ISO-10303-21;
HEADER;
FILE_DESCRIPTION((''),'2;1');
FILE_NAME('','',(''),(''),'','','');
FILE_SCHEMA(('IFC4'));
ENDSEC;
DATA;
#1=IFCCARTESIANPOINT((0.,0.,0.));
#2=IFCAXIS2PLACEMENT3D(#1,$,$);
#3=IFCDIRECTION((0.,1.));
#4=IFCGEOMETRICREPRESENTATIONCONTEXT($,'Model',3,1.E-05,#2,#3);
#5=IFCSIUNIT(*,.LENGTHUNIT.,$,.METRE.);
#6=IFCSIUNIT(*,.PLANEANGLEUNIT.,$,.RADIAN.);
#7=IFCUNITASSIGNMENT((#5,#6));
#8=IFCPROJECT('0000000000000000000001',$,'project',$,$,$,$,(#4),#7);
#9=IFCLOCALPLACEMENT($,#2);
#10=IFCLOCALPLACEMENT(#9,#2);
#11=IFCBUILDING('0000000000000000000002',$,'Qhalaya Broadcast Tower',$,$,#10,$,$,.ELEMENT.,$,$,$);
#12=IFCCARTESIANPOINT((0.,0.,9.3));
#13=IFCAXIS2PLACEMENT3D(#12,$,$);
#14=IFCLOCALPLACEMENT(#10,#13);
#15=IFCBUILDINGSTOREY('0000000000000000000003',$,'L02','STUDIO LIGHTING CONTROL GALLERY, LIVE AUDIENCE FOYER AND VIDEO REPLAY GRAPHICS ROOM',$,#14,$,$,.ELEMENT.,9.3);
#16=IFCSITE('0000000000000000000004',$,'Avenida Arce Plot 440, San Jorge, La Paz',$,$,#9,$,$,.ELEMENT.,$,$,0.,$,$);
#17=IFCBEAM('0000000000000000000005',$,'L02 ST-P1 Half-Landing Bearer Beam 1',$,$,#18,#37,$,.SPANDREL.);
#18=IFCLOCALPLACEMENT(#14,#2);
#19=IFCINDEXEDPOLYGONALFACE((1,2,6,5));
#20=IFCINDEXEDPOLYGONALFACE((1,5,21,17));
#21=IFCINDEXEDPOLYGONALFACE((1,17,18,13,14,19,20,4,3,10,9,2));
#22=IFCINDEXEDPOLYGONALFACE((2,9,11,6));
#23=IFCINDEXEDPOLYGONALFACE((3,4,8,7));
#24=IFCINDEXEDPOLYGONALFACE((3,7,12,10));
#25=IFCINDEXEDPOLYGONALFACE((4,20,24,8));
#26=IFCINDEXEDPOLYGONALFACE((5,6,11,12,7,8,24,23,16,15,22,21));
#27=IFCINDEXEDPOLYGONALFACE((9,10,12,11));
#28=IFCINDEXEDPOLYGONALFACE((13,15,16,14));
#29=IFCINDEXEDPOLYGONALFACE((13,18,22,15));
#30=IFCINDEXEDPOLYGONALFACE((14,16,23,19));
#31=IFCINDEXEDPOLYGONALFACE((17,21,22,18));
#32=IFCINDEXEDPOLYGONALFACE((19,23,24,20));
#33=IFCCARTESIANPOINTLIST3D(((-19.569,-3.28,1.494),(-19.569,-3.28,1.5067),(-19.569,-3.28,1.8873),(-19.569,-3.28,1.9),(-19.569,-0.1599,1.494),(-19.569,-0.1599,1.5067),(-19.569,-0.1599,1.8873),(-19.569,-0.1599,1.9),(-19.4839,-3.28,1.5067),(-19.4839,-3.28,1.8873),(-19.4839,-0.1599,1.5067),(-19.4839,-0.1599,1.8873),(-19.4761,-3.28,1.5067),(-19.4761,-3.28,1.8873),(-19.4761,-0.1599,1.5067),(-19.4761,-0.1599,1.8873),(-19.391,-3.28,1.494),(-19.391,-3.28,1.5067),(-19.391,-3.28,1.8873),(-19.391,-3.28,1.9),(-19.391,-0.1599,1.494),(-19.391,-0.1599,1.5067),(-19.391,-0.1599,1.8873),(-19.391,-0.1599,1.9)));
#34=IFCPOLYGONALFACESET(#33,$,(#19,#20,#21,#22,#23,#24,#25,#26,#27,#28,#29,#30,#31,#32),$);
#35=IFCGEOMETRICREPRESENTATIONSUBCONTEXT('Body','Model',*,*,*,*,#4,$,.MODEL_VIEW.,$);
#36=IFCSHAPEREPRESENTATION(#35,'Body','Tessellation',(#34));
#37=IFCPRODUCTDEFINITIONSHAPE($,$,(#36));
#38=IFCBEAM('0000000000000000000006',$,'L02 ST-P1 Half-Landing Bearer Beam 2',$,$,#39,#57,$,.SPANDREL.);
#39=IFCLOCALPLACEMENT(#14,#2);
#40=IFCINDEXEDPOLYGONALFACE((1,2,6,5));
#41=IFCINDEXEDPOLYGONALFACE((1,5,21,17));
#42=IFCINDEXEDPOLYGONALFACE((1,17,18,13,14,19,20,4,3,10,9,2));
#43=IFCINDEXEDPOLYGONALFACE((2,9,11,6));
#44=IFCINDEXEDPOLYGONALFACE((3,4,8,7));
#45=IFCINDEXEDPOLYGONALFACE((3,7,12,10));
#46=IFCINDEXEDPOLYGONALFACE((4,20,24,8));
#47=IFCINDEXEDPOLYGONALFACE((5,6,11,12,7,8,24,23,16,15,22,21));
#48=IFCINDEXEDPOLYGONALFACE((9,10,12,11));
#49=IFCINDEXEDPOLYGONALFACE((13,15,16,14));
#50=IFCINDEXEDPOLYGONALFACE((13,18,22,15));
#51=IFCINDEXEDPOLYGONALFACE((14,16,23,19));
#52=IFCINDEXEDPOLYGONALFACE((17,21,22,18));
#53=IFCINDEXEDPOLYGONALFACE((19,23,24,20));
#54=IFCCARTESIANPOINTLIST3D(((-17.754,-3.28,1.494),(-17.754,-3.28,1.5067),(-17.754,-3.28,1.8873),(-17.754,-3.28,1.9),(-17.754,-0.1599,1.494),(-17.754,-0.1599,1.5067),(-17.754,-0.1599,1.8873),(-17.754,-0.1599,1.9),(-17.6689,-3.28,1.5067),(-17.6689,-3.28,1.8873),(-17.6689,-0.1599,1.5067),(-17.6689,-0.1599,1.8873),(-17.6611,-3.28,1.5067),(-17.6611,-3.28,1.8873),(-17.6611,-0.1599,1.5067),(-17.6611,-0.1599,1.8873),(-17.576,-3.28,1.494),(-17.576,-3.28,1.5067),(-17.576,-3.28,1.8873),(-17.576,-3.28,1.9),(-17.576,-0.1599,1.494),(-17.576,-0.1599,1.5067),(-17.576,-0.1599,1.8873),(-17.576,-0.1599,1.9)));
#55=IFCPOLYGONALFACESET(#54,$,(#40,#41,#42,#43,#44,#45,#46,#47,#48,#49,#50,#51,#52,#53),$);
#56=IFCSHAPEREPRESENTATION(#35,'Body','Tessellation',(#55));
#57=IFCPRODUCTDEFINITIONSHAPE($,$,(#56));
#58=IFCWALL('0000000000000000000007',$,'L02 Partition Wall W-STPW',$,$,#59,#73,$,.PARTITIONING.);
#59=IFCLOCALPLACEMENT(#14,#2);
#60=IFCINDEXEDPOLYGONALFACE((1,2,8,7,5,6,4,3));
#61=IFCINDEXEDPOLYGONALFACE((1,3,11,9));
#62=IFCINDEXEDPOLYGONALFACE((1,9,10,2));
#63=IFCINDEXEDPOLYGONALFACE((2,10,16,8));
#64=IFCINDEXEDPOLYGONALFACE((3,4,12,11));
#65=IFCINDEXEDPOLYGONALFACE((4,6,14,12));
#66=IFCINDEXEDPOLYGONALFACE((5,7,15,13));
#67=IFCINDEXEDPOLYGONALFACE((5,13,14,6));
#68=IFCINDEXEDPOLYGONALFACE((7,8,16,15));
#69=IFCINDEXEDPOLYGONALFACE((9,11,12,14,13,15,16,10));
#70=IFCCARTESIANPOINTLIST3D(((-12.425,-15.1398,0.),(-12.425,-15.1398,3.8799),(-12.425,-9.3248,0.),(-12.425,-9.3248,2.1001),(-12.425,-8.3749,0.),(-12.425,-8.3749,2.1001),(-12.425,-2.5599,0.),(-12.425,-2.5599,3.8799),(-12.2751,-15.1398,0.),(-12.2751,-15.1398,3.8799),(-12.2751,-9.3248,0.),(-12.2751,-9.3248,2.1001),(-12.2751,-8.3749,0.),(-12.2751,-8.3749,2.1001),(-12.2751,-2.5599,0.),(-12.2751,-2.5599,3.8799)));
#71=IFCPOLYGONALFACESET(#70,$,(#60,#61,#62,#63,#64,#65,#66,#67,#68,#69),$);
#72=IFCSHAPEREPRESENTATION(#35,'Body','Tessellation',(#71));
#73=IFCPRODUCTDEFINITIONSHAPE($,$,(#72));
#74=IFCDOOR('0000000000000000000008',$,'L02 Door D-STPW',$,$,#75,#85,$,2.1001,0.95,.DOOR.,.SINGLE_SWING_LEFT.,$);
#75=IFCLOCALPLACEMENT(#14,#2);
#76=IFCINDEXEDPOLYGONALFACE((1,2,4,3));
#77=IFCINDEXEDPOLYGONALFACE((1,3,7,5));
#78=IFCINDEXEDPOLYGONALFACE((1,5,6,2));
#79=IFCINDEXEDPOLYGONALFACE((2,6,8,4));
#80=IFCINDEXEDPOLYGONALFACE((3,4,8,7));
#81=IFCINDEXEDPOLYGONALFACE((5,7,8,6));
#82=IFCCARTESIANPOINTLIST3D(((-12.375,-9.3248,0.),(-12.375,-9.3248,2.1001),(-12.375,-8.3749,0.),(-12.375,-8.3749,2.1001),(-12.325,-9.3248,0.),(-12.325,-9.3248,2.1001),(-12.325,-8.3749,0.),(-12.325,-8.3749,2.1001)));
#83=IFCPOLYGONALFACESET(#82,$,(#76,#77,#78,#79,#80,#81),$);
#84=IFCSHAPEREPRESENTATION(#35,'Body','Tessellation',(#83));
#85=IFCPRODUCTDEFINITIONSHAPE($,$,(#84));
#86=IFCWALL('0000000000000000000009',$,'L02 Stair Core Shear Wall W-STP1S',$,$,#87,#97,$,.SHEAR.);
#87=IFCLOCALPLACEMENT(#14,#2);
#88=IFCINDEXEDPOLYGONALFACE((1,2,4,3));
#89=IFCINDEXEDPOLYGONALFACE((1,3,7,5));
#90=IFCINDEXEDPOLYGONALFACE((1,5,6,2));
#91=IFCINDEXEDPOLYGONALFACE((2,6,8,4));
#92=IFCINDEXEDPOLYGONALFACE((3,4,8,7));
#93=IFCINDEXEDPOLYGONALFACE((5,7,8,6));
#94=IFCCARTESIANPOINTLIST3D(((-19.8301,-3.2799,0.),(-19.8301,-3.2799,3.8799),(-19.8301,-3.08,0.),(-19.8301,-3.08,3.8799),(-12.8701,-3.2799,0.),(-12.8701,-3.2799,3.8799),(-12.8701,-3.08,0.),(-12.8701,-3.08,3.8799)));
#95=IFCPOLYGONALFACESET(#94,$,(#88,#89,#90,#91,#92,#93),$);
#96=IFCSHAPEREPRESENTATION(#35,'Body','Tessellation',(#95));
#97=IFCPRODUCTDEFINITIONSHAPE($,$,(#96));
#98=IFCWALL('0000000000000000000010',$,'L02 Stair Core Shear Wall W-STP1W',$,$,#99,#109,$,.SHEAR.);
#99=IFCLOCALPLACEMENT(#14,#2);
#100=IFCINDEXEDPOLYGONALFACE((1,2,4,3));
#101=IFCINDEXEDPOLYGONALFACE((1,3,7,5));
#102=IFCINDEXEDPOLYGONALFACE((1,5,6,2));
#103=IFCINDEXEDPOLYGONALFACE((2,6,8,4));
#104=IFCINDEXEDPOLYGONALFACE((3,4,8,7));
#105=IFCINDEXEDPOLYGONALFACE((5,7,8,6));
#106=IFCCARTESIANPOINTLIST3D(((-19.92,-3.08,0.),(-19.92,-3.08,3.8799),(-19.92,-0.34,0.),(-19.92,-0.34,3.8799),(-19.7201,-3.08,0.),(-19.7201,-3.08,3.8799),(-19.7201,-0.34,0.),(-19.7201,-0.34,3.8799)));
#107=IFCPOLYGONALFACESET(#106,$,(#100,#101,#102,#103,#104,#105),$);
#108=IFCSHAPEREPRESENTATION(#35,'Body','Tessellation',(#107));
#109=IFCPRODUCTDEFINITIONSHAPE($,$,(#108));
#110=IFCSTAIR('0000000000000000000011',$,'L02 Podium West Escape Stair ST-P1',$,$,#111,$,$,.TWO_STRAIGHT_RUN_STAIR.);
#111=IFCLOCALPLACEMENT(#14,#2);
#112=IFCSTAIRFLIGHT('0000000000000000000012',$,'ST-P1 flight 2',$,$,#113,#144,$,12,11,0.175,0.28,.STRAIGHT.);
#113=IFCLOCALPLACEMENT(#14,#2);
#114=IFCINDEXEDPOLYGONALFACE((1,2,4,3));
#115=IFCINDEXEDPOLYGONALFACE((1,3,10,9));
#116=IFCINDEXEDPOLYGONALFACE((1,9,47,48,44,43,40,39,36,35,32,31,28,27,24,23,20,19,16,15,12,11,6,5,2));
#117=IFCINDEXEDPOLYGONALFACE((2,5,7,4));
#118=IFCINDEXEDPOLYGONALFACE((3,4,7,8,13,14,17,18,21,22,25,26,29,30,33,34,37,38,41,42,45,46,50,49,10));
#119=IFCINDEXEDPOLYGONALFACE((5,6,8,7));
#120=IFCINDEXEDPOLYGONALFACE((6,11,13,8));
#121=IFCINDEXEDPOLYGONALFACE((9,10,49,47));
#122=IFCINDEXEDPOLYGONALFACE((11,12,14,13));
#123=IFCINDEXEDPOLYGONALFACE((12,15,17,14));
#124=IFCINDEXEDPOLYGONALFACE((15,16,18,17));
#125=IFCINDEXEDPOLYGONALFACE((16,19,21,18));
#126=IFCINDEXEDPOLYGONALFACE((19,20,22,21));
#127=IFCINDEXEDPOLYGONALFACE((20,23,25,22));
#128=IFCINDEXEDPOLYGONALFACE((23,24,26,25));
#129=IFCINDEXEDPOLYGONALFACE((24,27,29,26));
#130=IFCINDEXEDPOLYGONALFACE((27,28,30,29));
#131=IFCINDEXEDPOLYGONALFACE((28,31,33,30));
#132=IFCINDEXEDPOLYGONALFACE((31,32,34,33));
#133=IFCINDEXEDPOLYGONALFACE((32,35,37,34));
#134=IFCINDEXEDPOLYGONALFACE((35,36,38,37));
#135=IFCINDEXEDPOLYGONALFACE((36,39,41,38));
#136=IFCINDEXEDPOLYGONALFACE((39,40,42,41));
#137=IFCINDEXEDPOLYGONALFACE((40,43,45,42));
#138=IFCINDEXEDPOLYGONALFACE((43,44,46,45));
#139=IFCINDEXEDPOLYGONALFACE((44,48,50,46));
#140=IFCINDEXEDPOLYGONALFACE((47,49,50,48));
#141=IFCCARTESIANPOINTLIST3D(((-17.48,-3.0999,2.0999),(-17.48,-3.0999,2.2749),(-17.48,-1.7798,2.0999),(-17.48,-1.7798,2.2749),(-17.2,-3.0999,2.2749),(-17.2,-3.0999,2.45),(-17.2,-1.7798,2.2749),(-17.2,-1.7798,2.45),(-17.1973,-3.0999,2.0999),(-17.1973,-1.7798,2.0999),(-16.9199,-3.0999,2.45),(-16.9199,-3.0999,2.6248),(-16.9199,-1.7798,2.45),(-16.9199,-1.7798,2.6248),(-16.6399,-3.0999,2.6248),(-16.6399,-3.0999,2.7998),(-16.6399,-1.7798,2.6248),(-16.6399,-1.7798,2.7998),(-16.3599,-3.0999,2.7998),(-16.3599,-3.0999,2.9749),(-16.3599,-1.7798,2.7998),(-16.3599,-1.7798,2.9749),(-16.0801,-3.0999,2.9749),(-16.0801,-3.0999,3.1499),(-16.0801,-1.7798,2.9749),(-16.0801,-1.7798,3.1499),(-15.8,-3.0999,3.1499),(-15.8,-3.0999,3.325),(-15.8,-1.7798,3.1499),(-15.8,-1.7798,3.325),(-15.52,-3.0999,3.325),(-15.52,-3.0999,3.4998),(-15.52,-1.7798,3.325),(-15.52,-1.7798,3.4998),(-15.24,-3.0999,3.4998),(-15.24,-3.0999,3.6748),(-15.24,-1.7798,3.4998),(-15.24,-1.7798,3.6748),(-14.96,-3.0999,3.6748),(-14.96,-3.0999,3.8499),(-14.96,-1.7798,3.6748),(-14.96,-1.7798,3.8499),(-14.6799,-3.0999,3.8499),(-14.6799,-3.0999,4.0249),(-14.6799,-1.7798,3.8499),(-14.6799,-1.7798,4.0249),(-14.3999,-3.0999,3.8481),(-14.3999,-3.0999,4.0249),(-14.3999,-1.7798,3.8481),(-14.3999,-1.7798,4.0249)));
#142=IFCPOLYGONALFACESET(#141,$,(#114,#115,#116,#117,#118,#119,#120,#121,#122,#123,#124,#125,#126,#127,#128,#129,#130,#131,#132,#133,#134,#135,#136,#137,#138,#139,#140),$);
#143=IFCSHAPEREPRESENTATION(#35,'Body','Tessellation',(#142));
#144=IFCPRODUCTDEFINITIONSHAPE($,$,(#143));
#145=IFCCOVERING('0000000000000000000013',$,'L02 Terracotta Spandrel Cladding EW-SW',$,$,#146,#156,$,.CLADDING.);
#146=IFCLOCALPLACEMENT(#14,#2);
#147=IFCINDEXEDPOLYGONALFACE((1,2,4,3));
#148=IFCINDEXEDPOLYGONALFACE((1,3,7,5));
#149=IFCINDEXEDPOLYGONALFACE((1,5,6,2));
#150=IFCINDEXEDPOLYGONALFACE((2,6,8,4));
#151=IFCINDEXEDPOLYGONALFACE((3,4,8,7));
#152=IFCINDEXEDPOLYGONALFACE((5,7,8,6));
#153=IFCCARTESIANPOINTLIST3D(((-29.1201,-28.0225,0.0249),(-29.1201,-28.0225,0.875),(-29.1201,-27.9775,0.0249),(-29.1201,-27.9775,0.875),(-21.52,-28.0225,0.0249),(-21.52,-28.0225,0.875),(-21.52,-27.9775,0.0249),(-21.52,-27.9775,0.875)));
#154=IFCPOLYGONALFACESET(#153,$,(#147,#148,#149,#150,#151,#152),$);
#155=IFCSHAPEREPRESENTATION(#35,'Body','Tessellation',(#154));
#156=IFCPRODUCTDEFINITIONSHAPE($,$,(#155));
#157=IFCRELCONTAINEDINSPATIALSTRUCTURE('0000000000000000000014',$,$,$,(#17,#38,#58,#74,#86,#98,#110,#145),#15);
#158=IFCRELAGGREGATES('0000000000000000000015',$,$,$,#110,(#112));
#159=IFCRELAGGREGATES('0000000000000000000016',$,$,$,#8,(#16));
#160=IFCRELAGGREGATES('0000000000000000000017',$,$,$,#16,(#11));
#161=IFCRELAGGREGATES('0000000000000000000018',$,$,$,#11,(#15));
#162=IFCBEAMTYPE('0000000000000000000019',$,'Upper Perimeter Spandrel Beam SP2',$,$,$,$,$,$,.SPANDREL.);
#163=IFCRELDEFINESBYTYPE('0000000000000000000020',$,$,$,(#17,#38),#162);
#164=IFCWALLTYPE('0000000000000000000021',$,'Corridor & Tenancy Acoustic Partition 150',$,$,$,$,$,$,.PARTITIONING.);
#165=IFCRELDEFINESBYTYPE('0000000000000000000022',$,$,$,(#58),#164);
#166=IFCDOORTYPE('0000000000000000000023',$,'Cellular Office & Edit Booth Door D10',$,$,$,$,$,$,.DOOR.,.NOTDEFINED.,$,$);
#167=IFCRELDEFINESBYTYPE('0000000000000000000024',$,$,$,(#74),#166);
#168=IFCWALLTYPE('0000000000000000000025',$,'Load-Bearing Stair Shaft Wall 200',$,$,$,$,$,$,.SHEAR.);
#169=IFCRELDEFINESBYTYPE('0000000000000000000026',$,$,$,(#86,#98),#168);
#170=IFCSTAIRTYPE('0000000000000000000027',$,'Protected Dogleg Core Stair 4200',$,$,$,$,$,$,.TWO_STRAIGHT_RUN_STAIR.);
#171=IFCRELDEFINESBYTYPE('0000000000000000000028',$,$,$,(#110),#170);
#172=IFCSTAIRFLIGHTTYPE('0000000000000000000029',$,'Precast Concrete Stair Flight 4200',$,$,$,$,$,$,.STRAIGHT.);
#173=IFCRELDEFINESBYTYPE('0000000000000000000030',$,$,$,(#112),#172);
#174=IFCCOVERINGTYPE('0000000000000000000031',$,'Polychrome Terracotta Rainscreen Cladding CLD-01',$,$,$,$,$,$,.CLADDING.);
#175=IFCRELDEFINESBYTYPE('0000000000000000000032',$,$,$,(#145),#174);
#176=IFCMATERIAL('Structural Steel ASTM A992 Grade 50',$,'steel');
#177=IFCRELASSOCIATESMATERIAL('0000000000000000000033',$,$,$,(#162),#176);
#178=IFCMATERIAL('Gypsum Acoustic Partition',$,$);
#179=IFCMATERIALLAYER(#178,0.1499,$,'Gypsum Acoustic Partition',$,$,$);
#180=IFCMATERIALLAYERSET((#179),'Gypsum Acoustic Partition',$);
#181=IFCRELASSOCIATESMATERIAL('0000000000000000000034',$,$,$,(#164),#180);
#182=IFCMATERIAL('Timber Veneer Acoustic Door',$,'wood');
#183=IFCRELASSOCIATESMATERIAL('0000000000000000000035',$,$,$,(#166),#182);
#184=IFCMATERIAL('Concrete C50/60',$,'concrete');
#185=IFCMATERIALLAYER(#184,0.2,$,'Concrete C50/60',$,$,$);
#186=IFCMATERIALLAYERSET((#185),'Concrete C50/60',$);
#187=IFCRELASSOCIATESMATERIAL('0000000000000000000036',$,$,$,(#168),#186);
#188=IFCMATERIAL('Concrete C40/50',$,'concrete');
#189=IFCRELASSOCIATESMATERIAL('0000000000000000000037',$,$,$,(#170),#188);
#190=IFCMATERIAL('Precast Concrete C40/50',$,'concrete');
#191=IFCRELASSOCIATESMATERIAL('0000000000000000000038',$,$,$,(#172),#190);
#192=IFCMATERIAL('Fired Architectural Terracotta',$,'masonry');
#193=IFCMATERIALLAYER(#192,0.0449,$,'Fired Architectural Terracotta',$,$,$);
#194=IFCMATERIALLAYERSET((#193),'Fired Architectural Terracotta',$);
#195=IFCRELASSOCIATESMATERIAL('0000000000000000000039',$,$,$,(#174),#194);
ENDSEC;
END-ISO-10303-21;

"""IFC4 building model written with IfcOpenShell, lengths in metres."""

from ifc_helpers import new_model, si_unit, direction, frame, frame_2d, origin, origin_2d, place, context, subcontext, project, spatial, polyline, rectangle, i_section, outline, extrude, material, layer, layer_set, material_profile, profile_set, type_object, element, fill, aggregate, save


model = new_model("IFC4")

# Units and contexts
model_context = context("Model", 3, precision=1e-05, world=origin(), true_north=direction((0.0, 1.0)))
body_context = subcontext(model_context, "Body", "Model", "MODEL_VIEW")
ifc_project = project(units=[si_unit("LENGTHUNIT", "METRE"), si_unit("PLANEANGLEUNIT", "RADIAN")], contexts=[model_context])

# Site, building, storey
site_placement = place(None, origin())
site = spatial("IfcSite", under=ifc_project, at=site_placement, Name="Avenida Arce Plot 440, San Jorge, La Paz", CompositionType="ELEMENT", RefElevation=0.0)
building_placement = place(site_placement, origin())
building = spatial("IfcBuilding", under=site, at=building_placement, Name="Qhalaya Broadcast Tower", CompositionType="ELEMENT")
storey_placement = place(building_placement, frame((0.0, 0.0, 9.3)))
storey = spatial("IfcBuildingStorey", under=building, at=storey_placement, Name="L02", Description="STUDIO LIGHTING CONTROL GALLERY, LIVE AUDIENCE FOYER AND VIDEO REPLAY GRAPHICS ROOM", CompositionType="ELEMENT", Elevation=9.3)

# Beams
ifc_material_1 = material(Name="Structural Steel ASTM A992 Grade 50", Category="steel")
ifc_material_profile_1 = material_profile(ifc_material_1, i_section(OverallWidth=0.178, OverallDepth=0.406, WebThickness=0.0078, FlangeThickness=0.0127, at=origin_2d()), Name="W16X40")
ifc_profile_set_1 = profile_set([ifc_material_profile_1], Name="Structural Steel ASTM A992 Grade 50")
beam_type_1 = type_object("IfcBeamType", Name="Upper Perimeter Spandrel Beam SP2", PredefinedType="SPANDREL", material=ifc_profile_set_1)
for number, where, z_axis, x_axis, name in (
    (1, (-19.48, -3.28, 1.697), (0.0, 1.0, 0.0), (-1.0, 0.0, 0.0), "L02 ST-P1 Half-Landing Bearer Beam 1"),
    (2, (-17.665, -3.28, 1.697), (0.0, 1.0, 0.0), (-1.0, 0.0, 0.0), "L02 ST-P1 Half-Landing Bearer Beam 2"),
):
    element("IfcBeam", number, at=place(storey_placement, frame(where, z_axis=z_axis, x_axis=x_axis)), inside=storey, type_object=beam_type_1, Name=name, PredefinedType="SPANDREL", context=body_context, shape_type="SweptSolid", body=[
        extrude(i_section(OverallWidth=0.178, OverallDepth=0.406, WebThickness=0.0078, FlangeThickness=0.0127, at=origin_2d()), origin(), (0.0, 0.0, 1.0), 3.1201),
    ])

# Wall, opening, door
ifc_material_2 = material(Name="Gypsum Acoustic Partition")
ifc_layer_1 = layer(ifc_material_2, 0.1499, Name="Gypsum Acoustic Partition")
ifc_layer_set_1 = layer_set([ifc_layer_1], Name="Gypsum Acoustic Partition")
wall_type_1 = type_object("IfcWallType", Name="Corridor & Tenancy Acoustic Partition 150", PredefinedType="PARTITIONING", material=ifc_layer_set_1)
wall_1_placement = place(storey_placement, frame((-12.3501, -15.1399, 0.0), z_axis=(0.0, 0.0, 1.0), x_axis=(0.0, 1.0, 0.0)))
wall_1 = element("IfcWall", 3, at=wall_1_placement, inside=storey, type_object=wall_type_1, Name="L02 Partition Wall W-STPW", PredefinedType="PARTITIONING", context=body_context, shape_type="SweptSolid", body=[
    extrude(rectangle(XDim=12.5798, YDim=0.1499, at=frame_2d((6.29, 0.0))), origin(), (0.0, 0.0, 1.0), 3.8799),
])
opening_placement = place(wall_1_placement, frame((5.8149, 0.0, 0.0)))
opening = element("IfcOpeningElement", 4, at=opening_placement, cuts=wall_1, PredefinedType="OPENING", context=body_context, shape_type="SweptSolid", body=[
    extrude(rectangle(XDim=0.95, YDim=2.1001, at=frame_2d((0.4751, 1.05))), frame((0.0, 0.0869, 0.0), z_axis=(0.0, -1.0, 0.0), x_axis=(1.0, 0.0, 0.0)), (0.0, 0.0, 1.0), 0.1738),
])
ifc_material_3 = material(Name="Timber Veneer Acoustic Door", Category="wood")
door_type = type_object("IfcDoorType", Name="Cellular Office & Edit Booth Door D10", OperationType="NOTDEFINED", PredefinedType="DOOR", material=ifc_material_3)
door_placement = place(opening_placement, origin())
door = element("IfcDoor", 5, at=door_placement, inside=storey, type_object=door_type, Name="L02 Door D-STPW", OperationType="SINGLE_SWING_LEFT", OverallHeight=2.1001, OverallWidth=0.95, PredefinedType="DOOR", context=body_context, shape_type="SweptSolid", body=[
    extrude(rectangle(XDim=0.95, YDim=2.1001, at=frame_2d((0.4751, 1.05))), frame((0.0, 0.0249, 0.0), z_axis=(0.0, -1.0, 0.0), x_axis=(1.0, 0.0, 0.0)), (0.0, 0.0, 1.0), 0.05),
])
fill(opening, door)

# Walls
ifc_material_4 = material(Name="Concrete C50/60", Category="concrete")
ifc_layer_2 = layer(ifc_material_4, 0.2, Name="Concrete C50/60")
ifc_layer_set_2 = layer_set([ifc_layer_2], Name="Concrete C50/60")
wall_type_2 = type_object("IfcWallType", Name="Load-Bearing Stair Shaft Wall 200", PredefinedType="SHEAR", material=ifc_layer_set_2)
wall_2_placement = place(storey_placement, frame((-19.8301, -3.1799, 0.0), z_axis=(0.0, 0.0, 1.0), x_axis=(1.0, 0.0, 0.0)))
element("IfcWall", 6, at=wall_2_placement, inside=storey, type_object=wall_type_2, Name="L02 Stair Core Shear Wall W-STP1S", PredefinedType="SHEAR", context=body_context, shape_type="SweptSolid", body=[
    extrude(rectangle(XDim=6.96, YDim=0.2, at=frame_2d((3.48, 0.0))), origin(), (0.0, 0.0, 1.0), 3.8799),
])
wall_3_placement = place(storey_placement, frame((-19.8201, -3.0801, 0.0), z_axis=(0.0, 0.0, 1.0), x_axis=(0.0, 1.0, 0.0)))
element("IfcWall", 7, at=wall_3_placement, inside=storey, type_object=wall_type_2, Name="L02 Stair Core Shear Wall W-STP1W", PredefinedType="SHEAR", context=body_context, shape_type="SweptSolid", body=[
    extrude(rectangle(XDim=2.74, YDim=0.2, at=frame_2d((1.3701, 0.0))), origin(), (0.0, 0.0, 1.0), 3.8799),
])

# Stair, stair flight
ifc_material_5 = material(Name="Concrete C40/50", Category="concrete")
stair_type = type_object("IfcStairType", Name="Protected Dogleg Core Stair 4200", PredefinedType="TWO_STRAIGHT_RUN_STAIR", material=ifc_material_5)
stair_placement = place(storey_placement, origin())
stair = element("IfcStair", 8, at=stair_placement, inside=storey, type_object=stair_type, Name="L02 Podium West Escape Stair ST-P1", PredefinedType="TWO_STRAIGHT_RUN_STAIR")
ifc_material_6 = material(Name="Precast Concrete C40/50", Category="concrete")
stair_flight_type = type_object("IfcStairFlightType", Name="Precast Concrete Stair Flight 4200", PredefinedType="STRAIGHT", material=ifc_material_6)
stair_flight_placement = place(storey_placement, frame((-17.48, -2.4399, 2.0999), z_axis=(0.0, 0.0, 1.0), x_axis=(1.0, 0.0, 0.0)))
stair_flight = element("IfcStairFlight", 9, at=stair_flight_placement, type_object=stair_flight_type, Name="ST-P1 flight 2", NumberOfRisers=12, NumberOfTreads=11, PredefinedType="STRAIGHT", RiserHeight=0.175, TreadLength=0.28, context=body_context, shape_type="SweptSolid", body=[
    extrude(outline(polyline([(0.0, 0.0), (0.0, 0.175), (0.28, 0.175), (0.28, 0.3501), (0.5601, 0.3501), (0.5601, 0.5249), (0.8401, 0.5249), (0.8401, 0.7), (1.1201, 0.7), (1.1201, 0.875), (1.3999, 0.875), (1.3999, 1.05), (1.6799, 1.05), (1.6799, 1.2251), (1.96, 1.2251), (1.96, 1.3999), (2.24, 1.3999), (2.24, 1.575), (2.52, 1.575), (2.52, 1.75), (2.8, 1.75), (2.8, 1.925), (3.0801, 1.925), (3.0801, 2.1001), (3.0801, 1.7483), (0.2827, 0.0), (0.0, 0.0)])), frame((0.0, 0.6602, 0.0), z_axis=(0.0, -1.0, 0.0), x_axis=(1.0, 0.0, 0.0)), (0.0, 0.0, 1.0), 1.3201),
])
aggregate(stair, [stair_flight])

# Covering
ifc_material_7 = material(Name="Fired Architectural Terracotta", Category="masonry")
ifc_layer_3 = layer(ifc_material_7, 0.0449, Name="Fired Architectural Terracotta")
ifc_layer_set_3 = layer_set([ifc_layer_3], Name="Fired Architectural Terracotta")
covering_type = type_object("IfcCoveringType", Name="Polychrome Terracotta Rainscreen Cladding CLD-01", PredefinedType="CLADDING", material=ifc_layer_set_3)
covering_placement = place(storey_placement, frame((-25.3201, -28.0, 0.0249), z_axis=(0.0, 0.0, 1.0), x_axis=(-1.0, 0.0, 0.0)))
element("IfcCovering", 10, at=covering_placement, inside=storey, type_object=covering_type, Name="L02 Terracotta Spandrel Cladding EW-SW", PredefinedType="CLADDING", context=body_context, shape_type="SweptSolid", body=[
    extrude(rectangle(XDim=7.6001, YDim=0.0449, at=origin_2d()), origin(), (0.0, 0.0, 1.0), 0.8501),
])

save(model, "model.ifc")
